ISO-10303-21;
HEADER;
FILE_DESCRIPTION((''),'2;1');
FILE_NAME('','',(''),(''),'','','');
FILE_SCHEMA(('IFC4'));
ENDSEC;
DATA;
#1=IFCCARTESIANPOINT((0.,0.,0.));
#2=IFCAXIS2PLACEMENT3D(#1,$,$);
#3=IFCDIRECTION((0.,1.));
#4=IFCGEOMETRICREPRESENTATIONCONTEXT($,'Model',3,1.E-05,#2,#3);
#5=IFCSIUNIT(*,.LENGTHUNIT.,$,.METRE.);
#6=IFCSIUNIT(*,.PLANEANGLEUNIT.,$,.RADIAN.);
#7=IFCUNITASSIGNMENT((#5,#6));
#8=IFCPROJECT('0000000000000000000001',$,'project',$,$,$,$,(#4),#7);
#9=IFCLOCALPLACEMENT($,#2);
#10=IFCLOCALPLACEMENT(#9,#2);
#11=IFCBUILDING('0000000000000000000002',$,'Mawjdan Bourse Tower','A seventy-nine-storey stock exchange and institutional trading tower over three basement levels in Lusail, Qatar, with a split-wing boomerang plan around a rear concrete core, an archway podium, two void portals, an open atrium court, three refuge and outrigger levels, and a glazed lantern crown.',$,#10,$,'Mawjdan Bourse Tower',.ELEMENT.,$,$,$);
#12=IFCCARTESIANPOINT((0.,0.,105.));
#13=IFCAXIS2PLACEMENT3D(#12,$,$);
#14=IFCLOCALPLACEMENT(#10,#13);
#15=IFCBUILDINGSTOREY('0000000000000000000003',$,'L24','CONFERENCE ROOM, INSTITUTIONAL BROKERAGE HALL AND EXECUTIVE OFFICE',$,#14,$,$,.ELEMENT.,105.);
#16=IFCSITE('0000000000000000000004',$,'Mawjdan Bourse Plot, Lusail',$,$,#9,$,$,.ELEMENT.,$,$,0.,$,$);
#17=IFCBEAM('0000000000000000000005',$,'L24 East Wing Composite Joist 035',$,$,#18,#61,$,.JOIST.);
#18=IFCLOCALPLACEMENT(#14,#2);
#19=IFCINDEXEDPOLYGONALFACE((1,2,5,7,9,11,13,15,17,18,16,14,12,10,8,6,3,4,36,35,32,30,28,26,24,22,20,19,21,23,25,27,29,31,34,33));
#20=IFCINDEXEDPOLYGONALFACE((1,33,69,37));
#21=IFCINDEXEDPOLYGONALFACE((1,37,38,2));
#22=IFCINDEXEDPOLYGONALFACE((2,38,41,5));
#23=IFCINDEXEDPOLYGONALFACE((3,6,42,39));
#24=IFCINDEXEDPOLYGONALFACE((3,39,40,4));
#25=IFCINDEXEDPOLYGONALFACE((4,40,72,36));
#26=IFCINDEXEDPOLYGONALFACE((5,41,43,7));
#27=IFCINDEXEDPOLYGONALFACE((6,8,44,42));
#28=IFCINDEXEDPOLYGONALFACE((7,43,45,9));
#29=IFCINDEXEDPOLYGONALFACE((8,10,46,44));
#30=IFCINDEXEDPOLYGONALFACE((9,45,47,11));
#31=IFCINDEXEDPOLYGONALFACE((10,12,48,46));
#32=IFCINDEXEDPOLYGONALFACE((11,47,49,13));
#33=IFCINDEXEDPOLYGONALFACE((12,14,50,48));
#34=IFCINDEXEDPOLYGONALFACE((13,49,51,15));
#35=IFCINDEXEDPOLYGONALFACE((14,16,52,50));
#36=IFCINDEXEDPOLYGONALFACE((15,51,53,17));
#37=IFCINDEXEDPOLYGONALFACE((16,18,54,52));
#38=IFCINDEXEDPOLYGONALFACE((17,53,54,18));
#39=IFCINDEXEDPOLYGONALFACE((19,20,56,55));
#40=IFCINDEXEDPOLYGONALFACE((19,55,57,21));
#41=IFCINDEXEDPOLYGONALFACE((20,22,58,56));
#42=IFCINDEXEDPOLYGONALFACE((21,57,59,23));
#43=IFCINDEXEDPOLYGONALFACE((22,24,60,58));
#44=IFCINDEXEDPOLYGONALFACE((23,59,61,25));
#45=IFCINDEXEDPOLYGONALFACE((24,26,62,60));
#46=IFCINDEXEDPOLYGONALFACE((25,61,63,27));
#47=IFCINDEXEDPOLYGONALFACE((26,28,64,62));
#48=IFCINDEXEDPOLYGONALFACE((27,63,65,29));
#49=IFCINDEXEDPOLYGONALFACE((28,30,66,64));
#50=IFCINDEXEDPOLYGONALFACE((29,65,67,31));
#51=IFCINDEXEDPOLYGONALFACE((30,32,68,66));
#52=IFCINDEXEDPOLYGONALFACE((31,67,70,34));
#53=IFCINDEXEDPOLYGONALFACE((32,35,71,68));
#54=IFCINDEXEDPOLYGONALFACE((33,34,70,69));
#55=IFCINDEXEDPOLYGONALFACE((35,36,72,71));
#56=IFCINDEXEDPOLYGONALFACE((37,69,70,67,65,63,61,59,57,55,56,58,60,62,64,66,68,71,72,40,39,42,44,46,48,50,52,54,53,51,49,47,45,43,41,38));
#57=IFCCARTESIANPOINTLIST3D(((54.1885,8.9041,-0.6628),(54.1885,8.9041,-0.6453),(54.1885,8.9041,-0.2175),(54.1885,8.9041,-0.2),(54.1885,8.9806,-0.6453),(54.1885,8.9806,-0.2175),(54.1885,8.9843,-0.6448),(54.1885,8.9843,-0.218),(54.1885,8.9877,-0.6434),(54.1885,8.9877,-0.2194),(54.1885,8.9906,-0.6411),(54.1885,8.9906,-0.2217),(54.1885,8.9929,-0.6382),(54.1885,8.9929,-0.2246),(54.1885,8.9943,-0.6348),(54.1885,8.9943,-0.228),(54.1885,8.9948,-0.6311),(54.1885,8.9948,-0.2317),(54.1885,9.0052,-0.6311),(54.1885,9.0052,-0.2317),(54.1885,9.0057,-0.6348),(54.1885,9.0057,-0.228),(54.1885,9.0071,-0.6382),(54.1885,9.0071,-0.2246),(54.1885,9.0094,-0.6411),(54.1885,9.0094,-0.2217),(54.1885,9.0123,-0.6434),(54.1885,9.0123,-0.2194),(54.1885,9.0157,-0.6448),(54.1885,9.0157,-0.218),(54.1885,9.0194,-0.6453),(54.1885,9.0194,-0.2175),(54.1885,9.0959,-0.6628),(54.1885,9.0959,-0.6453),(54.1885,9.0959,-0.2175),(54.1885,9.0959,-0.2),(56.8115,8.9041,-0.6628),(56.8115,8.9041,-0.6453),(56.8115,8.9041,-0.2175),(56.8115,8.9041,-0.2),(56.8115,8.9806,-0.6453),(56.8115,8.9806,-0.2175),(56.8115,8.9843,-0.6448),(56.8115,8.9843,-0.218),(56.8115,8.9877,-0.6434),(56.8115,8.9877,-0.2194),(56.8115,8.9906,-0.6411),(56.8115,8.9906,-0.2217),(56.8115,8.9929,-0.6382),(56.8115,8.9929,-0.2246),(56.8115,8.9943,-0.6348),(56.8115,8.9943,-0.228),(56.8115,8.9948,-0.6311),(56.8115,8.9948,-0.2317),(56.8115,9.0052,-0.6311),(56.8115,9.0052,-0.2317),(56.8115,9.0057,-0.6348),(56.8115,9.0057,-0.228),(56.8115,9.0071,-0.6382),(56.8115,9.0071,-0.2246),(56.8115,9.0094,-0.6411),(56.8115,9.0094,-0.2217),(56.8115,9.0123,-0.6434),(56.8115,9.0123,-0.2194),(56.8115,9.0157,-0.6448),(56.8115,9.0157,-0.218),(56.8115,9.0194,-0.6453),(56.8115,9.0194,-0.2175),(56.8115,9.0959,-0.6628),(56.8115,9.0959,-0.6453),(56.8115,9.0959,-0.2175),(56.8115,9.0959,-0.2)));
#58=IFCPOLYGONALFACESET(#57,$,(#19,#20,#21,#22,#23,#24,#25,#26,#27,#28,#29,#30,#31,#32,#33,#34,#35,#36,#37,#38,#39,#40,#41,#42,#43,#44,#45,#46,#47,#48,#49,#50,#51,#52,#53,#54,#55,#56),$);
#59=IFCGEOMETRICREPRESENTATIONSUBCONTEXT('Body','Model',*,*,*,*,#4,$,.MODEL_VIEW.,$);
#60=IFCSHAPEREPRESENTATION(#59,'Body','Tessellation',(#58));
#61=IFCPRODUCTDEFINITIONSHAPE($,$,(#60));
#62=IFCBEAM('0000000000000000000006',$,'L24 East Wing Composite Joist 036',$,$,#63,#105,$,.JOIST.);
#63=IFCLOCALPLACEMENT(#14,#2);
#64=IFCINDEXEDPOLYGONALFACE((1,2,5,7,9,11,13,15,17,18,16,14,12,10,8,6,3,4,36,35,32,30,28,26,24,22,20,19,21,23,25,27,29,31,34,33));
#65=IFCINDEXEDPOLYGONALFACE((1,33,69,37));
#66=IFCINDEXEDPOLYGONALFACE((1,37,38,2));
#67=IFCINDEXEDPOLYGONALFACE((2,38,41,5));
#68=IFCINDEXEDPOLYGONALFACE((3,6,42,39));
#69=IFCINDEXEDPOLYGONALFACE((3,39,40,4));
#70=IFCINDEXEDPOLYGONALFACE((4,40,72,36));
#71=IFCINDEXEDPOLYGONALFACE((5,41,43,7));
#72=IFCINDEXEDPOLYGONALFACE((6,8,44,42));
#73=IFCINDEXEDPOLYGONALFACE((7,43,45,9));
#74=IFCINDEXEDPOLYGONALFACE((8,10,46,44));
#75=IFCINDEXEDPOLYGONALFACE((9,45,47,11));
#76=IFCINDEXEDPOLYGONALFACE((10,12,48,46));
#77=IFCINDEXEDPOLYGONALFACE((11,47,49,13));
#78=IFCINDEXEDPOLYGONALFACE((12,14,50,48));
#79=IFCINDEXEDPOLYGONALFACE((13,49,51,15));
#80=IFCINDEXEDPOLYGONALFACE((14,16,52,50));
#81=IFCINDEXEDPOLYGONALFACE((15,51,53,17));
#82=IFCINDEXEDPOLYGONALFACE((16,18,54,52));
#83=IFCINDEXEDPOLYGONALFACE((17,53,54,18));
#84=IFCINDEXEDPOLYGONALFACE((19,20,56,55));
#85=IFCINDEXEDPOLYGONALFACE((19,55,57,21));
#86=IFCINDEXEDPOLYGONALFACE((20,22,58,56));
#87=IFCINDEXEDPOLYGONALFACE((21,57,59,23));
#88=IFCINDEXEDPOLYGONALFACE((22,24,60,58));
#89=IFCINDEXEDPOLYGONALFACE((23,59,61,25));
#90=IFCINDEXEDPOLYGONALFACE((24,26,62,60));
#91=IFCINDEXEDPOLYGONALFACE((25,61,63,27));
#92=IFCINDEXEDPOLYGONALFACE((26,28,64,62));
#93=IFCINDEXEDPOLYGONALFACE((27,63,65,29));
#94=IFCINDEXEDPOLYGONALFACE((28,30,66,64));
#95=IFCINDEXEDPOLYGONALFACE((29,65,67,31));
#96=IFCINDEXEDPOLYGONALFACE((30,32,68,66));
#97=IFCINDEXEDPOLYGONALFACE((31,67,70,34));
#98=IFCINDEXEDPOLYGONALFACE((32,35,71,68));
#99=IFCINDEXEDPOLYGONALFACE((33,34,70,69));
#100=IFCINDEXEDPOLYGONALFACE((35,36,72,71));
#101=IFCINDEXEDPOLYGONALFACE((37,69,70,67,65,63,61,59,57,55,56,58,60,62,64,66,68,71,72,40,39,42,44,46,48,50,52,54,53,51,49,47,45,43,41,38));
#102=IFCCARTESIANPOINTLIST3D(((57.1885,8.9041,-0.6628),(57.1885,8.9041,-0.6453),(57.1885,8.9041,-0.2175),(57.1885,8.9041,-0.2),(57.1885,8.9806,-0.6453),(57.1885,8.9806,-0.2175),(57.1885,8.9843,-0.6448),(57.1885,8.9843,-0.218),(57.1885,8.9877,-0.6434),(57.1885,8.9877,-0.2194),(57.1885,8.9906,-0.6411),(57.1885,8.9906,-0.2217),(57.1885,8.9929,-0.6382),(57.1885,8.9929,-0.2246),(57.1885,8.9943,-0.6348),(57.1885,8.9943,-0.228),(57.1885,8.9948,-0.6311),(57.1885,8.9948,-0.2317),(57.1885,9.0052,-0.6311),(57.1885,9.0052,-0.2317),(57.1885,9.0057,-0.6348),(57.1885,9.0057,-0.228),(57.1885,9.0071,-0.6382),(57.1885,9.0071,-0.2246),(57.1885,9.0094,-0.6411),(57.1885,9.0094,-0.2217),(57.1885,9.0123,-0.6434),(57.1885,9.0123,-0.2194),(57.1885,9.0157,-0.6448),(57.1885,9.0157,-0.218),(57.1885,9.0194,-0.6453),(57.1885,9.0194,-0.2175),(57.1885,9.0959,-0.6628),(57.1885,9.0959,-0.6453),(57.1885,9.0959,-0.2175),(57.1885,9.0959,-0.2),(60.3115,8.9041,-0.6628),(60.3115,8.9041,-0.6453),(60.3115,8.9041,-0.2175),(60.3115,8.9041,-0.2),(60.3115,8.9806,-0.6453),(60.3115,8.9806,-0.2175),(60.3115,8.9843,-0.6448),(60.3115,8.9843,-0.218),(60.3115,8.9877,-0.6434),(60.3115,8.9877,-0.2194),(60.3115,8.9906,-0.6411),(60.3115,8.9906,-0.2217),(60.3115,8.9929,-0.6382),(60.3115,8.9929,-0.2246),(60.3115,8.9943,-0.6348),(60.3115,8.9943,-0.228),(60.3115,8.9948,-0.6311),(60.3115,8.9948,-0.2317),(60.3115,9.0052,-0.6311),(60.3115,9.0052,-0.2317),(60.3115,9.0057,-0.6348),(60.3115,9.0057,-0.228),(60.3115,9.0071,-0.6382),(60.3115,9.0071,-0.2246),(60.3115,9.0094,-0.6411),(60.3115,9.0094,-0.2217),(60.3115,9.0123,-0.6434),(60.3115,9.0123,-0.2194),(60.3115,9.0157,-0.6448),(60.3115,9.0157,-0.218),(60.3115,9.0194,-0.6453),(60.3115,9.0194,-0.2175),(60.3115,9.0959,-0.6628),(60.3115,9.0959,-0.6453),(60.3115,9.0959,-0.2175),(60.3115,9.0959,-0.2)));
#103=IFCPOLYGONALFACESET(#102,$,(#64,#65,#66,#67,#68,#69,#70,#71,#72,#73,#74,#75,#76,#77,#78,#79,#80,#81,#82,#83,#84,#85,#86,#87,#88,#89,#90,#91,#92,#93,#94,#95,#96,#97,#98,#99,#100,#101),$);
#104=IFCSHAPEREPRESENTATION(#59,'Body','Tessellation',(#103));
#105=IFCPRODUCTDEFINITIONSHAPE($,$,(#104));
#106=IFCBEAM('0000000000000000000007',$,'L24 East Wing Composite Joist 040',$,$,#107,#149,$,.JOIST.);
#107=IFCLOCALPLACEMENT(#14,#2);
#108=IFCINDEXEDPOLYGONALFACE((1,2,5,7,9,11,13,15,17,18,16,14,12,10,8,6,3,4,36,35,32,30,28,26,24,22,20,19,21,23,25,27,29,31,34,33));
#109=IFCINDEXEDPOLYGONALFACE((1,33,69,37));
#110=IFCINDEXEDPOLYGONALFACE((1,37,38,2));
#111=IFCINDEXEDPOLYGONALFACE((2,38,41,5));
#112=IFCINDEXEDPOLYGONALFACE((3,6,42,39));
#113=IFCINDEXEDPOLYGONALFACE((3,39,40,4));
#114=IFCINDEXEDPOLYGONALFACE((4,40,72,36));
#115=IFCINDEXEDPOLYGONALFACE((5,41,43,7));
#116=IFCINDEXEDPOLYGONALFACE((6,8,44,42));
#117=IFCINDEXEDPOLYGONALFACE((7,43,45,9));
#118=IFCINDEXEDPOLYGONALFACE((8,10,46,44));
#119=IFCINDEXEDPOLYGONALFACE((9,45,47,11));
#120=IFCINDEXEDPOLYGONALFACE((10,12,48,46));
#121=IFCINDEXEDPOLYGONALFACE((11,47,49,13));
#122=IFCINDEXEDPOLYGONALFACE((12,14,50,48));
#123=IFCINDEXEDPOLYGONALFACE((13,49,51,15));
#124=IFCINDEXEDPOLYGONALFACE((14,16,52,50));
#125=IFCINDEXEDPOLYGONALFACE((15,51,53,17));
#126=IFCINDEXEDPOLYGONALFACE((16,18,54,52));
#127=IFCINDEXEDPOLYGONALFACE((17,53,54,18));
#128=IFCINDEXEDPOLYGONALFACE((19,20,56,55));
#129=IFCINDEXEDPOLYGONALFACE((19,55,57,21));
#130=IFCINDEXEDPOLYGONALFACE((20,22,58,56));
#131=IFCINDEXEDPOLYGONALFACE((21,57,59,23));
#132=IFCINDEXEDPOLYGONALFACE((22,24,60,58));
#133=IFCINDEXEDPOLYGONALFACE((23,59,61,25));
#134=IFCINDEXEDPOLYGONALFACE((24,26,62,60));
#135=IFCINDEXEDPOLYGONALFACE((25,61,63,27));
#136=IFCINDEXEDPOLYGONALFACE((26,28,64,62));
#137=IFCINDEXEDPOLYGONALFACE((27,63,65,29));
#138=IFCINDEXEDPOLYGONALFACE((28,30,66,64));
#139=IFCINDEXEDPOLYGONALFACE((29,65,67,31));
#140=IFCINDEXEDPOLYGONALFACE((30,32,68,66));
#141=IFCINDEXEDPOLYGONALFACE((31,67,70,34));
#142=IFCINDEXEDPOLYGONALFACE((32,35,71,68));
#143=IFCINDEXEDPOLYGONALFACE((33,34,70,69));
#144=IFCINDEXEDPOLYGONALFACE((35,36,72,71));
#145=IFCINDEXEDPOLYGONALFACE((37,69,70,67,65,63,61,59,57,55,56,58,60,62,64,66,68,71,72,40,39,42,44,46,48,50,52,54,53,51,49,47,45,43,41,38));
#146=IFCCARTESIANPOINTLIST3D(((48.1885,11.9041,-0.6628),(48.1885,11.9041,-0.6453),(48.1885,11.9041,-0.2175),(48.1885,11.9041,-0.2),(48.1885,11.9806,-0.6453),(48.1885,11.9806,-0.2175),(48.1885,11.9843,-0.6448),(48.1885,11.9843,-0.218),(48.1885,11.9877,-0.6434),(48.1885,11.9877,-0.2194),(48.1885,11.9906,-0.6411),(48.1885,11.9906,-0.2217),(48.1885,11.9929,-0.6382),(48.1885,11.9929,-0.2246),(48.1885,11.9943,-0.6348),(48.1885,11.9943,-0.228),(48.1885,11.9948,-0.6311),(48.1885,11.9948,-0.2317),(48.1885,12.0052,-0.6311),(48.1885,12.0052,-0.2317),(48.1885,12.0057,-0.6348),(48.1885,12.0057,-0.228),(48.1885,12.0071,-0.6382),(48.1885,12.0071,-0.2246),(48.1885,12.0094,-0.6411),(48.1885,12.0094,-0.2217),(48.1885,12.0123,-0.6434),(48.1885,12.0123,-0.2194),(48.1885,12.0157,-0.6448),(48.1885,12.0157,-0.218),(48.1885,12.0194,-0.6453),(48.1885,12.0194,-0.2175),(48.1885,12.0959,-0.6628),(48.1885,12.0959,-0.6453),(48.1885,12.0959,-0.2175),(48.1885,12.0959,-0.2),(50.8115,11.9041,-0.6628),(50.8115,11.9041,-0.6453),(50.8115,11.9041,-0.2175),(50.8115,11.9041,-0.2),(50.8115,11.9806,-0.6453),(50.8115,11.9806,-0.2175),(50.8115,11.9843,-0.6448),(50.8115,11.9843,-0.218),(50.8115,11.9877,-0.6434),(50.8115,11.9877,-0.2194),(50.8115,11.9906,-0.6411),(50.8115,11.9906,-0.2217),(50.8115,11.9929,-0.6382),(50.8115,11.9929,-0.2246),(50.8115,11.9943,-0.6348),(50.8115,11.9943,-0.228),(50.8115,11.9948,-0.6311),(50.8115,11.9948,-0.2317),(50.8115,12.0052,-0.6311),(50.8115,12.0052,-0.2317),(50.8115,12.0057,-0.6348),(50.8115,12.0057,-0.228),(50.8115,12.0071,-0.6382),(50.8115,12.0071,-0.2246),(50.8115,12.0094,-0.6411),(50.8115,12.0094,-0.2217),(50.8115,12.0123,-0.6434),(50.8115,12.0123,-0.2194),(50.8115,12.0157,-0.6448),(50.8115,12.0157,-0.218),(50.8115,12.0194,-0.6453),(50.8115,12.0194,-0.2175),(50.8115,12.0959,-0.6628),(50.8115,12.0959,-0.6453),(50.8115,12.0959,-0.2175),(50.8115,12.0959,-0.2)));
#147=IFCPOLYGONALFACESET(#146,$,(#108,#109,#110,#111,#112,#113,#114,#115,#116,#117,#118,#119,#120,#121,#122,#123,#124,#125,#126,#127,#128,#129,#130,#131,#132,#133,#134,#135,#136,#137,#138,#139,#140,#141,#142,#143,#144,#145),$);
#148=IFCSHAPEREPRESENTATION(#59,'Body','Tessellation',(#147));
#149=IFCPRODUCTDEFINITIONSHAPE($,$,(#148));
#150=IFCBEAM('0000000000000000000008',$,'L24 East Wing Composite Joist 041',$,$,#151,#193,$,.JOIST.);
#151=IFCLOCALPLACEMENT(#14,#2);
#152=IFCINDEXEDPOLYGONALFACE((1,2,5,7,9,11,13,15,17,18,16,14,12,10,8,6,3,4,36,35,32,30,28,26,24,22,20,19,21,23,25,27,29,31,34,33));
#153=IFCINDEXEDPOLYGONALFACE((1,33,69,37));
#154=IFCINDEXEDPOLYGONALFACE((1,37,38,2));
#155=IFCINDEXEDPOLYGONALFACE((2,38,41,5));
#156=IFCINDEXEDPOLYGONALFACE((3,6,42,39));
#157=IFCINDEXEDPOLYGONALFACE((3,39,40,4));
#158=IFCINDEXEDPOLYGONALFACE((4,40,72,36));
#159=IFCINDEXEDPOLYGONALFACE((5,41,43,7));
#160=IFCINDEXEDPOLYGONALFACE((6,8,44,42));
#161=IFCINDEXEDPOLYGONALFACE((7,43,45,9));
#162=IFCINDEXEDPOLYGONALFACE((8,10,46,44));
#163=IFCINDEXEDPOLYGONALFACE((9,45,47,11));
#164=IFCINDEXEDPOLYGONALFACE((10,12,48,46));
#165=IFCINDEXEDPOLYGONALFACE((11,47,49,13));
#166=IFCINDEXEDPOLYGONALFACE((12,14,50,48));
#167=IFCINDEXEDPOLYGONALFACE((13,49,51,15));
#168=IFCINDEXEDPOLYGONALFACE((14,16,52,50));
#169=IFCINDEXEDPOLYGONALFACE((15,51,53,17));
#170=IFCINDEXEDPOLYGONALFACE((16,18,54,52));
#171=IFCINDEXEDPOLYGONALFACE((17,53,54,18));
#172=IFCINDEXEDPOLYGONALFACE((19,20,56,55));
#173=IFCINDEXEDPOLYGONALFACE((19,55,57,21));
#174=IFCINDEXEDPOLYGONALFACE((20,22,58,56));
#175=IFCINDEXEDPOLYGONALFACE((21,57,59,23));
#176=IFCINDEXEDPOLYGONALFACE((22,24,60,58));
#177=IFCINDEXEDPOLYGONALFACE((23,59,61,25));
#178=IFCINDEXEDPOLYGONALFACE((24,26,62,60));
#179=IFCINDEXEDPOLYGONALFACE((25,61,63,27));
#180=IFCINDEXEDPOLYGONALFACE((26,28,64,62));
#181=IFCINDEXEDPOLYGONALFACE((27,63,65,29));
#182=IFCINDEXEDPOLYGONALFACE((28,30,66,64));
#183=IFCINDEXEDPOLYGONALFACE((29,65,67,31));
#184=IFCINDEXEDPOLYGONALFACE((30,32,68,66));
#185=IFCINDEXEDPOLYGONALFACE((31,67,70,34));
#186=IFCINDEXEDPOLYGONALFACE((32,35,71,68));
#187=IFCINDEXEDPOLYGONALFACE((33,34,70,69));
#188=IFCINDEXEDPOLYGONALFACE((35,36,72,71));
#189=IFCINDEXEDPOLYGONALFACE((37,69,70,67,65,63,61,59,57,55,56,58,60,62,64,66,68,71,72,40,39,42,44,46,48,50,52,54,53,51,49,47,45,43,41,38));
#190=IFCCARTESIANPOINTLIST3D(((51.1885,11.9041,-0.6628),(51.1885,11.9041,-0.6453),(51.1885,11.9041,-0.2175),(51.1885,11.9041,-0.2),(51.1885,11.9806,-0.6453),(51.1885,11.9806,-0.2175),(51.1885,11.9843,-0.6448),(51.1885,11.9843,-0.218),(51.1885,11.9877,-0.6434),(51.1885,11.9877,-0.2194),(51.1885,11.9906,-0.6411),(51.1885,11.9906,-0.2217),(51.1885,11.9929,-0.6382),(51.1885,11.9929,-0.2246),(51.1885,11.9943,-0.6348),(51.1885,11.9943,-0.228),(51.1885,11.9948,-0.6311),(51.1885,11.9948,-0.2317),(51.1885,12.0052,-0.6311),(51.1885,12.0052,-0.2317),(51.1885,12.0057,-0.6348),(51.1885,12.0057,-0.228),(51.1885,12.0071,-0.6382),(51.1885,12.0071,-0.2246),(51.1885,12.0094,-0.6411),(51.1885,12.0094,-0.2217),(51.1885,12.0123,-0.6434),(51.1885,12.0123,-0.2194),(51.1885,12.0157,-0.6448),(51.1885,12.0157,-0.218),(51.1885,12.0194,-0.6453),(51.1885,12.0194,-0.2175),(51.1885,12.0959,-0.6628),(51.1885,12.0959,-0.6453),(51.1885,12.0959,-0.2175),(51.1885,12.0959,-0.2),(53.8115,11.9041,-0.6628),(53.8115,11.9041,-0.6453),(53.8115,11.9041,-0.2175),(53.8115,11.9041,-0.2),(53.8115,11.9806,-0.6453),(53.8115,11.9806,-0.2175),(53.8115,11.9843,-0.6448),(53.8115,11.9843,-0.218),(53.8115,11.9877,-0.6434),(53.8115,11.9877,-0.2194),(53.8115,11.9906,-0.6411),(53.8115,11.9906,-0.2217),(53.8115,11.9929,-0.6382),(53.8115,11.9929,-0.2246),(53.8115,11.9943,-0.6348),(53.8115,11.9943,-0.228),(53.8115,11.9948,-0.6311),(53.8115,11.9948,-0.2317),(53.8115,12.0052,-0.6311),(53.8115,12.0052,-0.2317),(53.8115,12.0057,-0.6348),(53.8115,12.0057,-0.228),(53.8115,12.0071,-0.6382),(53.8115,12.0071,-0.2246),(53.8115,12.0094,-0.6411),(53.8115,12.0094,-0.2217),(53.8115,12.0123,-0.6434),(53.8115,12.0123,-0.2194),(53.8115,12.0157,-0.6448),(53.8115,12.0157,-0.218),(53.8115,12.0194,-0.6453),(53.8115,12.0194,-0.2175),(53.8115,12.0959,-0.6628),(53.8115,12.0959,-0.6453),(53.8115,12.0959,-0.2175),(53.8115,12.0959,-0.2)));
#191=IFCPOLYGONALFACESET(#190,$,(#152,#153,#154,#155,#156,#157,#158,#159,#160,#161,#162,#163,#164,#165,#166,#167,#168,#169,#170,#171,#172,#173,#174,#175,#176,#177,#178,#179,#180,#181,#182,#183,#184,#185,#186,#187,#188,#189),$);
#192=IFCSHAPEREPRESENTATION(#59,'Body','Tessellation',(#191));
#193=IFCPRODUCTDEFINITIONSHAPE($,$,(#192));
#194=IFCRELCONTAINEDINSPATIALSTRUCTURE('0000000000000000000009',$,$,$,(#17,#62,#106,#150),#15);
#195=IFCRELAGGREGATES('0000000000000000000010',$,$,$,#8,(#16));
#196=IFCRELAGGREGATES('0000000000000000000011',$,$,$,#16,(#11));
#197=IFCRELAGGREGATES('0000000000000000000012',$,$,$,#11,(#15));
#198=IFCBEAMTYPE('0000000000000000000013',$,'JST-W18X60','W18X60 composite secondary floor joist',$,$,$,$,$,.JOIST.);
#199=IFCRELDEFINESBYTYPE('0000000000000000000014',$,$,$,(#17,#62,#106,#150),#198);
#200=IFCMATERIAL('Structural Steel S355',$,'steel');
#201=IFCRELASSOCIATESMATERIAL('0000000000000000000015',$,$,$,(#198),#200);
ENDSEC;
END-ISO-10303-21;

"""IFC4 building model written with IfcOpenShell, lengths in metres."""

from ifc_helpers import new_model, si_unit, direction, frame, origin, origin_2d, place, context, subcontext, project, spatial, i_section, extrude, material, material_profile, profile_set, type_object, element, save


model = new_model("IFC4")

# Units and contexts
model_context = context("Model", 3, precision=1e-05, world=origin(), true_north=direction((0.0, 1.0)))
body_context = subcontext(model_context, "Body", "Model", "MODEL_VIEW")
ifc_project = project(units=[si_unit("LENGTHUNIT", "METRE"), si_unit("PLANEANGLEUNIT", "RADIAN")], contexts=[model_context])

# Site, building, storey
site_placement = place(None, origin())
site = spatial("IfcSite", under=ifc_project, at=site_placement, Name="Mawjdan Bourse Plot, Lusail", CompositionType="ELEMENT", RefElevation=0.0)
building_placement = place(site_placement, origin())
building = spatial("IfcBuilding", under=site, at=building_placement, Name="Mawjdan Bourse Tower", Description="A seventy-nine-storey stock exchange and institutional trading tower over three basement levels in Lusail, Qatar, with a split-wing boomerang plan around a rear concrete core, an archway podium, two void portals, an open atrium court, three refuge and outrigger levels, and a glazed lantern crown.", LongName="Mawjdan Bourse Tower", CompositionType="ELEMENT")
storey_placement = place(building_placement, frame((0.0, 0.0, 105.0)))
storey = spatial("IfcBuildingStorey", under=building, at=storey_placement, Name="L24", Description="CONFERENCE ROOM, INSTITUTIONAL BROKERAGE HALL AND EXECUTIVE OFFICE", CompositionType="ELEMENT", Elevation=105.0)

# Beams
ifc_material_1 = material(Name="Structural Steel S355", Category="steel")
ifc_material_profile_1 = material_profile(ifc_material_1, i_section(OverallWidth=0.1919, OverallDepth=0.4629, WebThickness=0.0105, FlangeThickness=0.0176, FilletRadius=0.0142, at=origin_2d()), Name="W18X60")
ifc_profile_set_1 = profile_set([ifc_material_profile_1], Name="Structural Steel S355")
beam_type_1 = type_object("IfcBeamType", Name="JST-W18X60", Description="W18X60 composite secondary floor joist", PredefinedType="JOIST", material=ifc_profile_set_1)
for number, where, z_axis, x_axis, name in (
    (1, (54.1885, 9.0, -0.4314), (1.0, 0.0, 0.0), (0.0, 1.0, 0.0), "L24 East Wing Composite Joist 035"),
):
    element("IfcBeam", number, at=place(storey_placement, frame(where, z_axis=z_axis, x_axis=x_axis)), inside=storey, type_object=beam_type_1, Name=name, PredefinedType="JOIST", context=body_context, shape_type="SweptSolid", body=[
        extrude(i_section(OverallWidth=0.1919, OverallDepth=0.4629, WebThickness=0.0105, FlangeThickness=0.0176, FilletRadius=0.0142, at=origin_2d()), origin(), (0.0, 0.0, 1.0), 2.623),
    ])
beam_1_placement = place(storey_placement, frame((57.1885, 9.0, -0.4314), z_axis=(1.0, 0.0, 0.0), x_axis=(0.0, 1.0, 0.0)))
element("IfcBeam", 2, at=beam_1_placement, inside=storey, type_object=beam_type_1, Name="L24 East Wing Composite Joist 036", PredefinedType="JOIST", context=body_context, shape_type="SweptSolid", body=[
    extrude(i_section(OverallWidth=0.1919, OverallDepth=0.4629, WebThickness=0.0105, FlangeThickness=0.0176, FilletRadius=0.0142, at=origin_2d()), origin(), (0.0, 0.0, 1.0), 3.123),
])
for number, where, z_axis, x_axis, name in (
    (3, (48.1885, 12.0, -0.4314), (1.0, 0.0, 0.0), (0.0, 1.0, 0.0), "L24 East Wing Composite Joist 040"),
    (4, (51.1885, 12.0, -0.4314), (1.0, 0.0, 0.0), (0.0, 1.0, 0.0), "L24 East Wing Composite Joist 041"),
):
    element("IfcBeam", number, at=place(storey_placement, frame(where, z_axis=z_axis, x_axis=x_axis)), inside=storey, type_object=beam_type_1, Name=name, PredefinedType="JOIST", context=body_context, shape_type="SweptSolid", body=[
        extrude(i_section(OverallWidth=0.1919, OverallDepth=0.4629, WebThickness=0.0105, FlangeThickness=0.0176, FilletRadius=0.0142, at=origin_2d()), origin(), (0.0, 0.0, 1.0), 2.623),
    ])

save(model, "model.ifc")
